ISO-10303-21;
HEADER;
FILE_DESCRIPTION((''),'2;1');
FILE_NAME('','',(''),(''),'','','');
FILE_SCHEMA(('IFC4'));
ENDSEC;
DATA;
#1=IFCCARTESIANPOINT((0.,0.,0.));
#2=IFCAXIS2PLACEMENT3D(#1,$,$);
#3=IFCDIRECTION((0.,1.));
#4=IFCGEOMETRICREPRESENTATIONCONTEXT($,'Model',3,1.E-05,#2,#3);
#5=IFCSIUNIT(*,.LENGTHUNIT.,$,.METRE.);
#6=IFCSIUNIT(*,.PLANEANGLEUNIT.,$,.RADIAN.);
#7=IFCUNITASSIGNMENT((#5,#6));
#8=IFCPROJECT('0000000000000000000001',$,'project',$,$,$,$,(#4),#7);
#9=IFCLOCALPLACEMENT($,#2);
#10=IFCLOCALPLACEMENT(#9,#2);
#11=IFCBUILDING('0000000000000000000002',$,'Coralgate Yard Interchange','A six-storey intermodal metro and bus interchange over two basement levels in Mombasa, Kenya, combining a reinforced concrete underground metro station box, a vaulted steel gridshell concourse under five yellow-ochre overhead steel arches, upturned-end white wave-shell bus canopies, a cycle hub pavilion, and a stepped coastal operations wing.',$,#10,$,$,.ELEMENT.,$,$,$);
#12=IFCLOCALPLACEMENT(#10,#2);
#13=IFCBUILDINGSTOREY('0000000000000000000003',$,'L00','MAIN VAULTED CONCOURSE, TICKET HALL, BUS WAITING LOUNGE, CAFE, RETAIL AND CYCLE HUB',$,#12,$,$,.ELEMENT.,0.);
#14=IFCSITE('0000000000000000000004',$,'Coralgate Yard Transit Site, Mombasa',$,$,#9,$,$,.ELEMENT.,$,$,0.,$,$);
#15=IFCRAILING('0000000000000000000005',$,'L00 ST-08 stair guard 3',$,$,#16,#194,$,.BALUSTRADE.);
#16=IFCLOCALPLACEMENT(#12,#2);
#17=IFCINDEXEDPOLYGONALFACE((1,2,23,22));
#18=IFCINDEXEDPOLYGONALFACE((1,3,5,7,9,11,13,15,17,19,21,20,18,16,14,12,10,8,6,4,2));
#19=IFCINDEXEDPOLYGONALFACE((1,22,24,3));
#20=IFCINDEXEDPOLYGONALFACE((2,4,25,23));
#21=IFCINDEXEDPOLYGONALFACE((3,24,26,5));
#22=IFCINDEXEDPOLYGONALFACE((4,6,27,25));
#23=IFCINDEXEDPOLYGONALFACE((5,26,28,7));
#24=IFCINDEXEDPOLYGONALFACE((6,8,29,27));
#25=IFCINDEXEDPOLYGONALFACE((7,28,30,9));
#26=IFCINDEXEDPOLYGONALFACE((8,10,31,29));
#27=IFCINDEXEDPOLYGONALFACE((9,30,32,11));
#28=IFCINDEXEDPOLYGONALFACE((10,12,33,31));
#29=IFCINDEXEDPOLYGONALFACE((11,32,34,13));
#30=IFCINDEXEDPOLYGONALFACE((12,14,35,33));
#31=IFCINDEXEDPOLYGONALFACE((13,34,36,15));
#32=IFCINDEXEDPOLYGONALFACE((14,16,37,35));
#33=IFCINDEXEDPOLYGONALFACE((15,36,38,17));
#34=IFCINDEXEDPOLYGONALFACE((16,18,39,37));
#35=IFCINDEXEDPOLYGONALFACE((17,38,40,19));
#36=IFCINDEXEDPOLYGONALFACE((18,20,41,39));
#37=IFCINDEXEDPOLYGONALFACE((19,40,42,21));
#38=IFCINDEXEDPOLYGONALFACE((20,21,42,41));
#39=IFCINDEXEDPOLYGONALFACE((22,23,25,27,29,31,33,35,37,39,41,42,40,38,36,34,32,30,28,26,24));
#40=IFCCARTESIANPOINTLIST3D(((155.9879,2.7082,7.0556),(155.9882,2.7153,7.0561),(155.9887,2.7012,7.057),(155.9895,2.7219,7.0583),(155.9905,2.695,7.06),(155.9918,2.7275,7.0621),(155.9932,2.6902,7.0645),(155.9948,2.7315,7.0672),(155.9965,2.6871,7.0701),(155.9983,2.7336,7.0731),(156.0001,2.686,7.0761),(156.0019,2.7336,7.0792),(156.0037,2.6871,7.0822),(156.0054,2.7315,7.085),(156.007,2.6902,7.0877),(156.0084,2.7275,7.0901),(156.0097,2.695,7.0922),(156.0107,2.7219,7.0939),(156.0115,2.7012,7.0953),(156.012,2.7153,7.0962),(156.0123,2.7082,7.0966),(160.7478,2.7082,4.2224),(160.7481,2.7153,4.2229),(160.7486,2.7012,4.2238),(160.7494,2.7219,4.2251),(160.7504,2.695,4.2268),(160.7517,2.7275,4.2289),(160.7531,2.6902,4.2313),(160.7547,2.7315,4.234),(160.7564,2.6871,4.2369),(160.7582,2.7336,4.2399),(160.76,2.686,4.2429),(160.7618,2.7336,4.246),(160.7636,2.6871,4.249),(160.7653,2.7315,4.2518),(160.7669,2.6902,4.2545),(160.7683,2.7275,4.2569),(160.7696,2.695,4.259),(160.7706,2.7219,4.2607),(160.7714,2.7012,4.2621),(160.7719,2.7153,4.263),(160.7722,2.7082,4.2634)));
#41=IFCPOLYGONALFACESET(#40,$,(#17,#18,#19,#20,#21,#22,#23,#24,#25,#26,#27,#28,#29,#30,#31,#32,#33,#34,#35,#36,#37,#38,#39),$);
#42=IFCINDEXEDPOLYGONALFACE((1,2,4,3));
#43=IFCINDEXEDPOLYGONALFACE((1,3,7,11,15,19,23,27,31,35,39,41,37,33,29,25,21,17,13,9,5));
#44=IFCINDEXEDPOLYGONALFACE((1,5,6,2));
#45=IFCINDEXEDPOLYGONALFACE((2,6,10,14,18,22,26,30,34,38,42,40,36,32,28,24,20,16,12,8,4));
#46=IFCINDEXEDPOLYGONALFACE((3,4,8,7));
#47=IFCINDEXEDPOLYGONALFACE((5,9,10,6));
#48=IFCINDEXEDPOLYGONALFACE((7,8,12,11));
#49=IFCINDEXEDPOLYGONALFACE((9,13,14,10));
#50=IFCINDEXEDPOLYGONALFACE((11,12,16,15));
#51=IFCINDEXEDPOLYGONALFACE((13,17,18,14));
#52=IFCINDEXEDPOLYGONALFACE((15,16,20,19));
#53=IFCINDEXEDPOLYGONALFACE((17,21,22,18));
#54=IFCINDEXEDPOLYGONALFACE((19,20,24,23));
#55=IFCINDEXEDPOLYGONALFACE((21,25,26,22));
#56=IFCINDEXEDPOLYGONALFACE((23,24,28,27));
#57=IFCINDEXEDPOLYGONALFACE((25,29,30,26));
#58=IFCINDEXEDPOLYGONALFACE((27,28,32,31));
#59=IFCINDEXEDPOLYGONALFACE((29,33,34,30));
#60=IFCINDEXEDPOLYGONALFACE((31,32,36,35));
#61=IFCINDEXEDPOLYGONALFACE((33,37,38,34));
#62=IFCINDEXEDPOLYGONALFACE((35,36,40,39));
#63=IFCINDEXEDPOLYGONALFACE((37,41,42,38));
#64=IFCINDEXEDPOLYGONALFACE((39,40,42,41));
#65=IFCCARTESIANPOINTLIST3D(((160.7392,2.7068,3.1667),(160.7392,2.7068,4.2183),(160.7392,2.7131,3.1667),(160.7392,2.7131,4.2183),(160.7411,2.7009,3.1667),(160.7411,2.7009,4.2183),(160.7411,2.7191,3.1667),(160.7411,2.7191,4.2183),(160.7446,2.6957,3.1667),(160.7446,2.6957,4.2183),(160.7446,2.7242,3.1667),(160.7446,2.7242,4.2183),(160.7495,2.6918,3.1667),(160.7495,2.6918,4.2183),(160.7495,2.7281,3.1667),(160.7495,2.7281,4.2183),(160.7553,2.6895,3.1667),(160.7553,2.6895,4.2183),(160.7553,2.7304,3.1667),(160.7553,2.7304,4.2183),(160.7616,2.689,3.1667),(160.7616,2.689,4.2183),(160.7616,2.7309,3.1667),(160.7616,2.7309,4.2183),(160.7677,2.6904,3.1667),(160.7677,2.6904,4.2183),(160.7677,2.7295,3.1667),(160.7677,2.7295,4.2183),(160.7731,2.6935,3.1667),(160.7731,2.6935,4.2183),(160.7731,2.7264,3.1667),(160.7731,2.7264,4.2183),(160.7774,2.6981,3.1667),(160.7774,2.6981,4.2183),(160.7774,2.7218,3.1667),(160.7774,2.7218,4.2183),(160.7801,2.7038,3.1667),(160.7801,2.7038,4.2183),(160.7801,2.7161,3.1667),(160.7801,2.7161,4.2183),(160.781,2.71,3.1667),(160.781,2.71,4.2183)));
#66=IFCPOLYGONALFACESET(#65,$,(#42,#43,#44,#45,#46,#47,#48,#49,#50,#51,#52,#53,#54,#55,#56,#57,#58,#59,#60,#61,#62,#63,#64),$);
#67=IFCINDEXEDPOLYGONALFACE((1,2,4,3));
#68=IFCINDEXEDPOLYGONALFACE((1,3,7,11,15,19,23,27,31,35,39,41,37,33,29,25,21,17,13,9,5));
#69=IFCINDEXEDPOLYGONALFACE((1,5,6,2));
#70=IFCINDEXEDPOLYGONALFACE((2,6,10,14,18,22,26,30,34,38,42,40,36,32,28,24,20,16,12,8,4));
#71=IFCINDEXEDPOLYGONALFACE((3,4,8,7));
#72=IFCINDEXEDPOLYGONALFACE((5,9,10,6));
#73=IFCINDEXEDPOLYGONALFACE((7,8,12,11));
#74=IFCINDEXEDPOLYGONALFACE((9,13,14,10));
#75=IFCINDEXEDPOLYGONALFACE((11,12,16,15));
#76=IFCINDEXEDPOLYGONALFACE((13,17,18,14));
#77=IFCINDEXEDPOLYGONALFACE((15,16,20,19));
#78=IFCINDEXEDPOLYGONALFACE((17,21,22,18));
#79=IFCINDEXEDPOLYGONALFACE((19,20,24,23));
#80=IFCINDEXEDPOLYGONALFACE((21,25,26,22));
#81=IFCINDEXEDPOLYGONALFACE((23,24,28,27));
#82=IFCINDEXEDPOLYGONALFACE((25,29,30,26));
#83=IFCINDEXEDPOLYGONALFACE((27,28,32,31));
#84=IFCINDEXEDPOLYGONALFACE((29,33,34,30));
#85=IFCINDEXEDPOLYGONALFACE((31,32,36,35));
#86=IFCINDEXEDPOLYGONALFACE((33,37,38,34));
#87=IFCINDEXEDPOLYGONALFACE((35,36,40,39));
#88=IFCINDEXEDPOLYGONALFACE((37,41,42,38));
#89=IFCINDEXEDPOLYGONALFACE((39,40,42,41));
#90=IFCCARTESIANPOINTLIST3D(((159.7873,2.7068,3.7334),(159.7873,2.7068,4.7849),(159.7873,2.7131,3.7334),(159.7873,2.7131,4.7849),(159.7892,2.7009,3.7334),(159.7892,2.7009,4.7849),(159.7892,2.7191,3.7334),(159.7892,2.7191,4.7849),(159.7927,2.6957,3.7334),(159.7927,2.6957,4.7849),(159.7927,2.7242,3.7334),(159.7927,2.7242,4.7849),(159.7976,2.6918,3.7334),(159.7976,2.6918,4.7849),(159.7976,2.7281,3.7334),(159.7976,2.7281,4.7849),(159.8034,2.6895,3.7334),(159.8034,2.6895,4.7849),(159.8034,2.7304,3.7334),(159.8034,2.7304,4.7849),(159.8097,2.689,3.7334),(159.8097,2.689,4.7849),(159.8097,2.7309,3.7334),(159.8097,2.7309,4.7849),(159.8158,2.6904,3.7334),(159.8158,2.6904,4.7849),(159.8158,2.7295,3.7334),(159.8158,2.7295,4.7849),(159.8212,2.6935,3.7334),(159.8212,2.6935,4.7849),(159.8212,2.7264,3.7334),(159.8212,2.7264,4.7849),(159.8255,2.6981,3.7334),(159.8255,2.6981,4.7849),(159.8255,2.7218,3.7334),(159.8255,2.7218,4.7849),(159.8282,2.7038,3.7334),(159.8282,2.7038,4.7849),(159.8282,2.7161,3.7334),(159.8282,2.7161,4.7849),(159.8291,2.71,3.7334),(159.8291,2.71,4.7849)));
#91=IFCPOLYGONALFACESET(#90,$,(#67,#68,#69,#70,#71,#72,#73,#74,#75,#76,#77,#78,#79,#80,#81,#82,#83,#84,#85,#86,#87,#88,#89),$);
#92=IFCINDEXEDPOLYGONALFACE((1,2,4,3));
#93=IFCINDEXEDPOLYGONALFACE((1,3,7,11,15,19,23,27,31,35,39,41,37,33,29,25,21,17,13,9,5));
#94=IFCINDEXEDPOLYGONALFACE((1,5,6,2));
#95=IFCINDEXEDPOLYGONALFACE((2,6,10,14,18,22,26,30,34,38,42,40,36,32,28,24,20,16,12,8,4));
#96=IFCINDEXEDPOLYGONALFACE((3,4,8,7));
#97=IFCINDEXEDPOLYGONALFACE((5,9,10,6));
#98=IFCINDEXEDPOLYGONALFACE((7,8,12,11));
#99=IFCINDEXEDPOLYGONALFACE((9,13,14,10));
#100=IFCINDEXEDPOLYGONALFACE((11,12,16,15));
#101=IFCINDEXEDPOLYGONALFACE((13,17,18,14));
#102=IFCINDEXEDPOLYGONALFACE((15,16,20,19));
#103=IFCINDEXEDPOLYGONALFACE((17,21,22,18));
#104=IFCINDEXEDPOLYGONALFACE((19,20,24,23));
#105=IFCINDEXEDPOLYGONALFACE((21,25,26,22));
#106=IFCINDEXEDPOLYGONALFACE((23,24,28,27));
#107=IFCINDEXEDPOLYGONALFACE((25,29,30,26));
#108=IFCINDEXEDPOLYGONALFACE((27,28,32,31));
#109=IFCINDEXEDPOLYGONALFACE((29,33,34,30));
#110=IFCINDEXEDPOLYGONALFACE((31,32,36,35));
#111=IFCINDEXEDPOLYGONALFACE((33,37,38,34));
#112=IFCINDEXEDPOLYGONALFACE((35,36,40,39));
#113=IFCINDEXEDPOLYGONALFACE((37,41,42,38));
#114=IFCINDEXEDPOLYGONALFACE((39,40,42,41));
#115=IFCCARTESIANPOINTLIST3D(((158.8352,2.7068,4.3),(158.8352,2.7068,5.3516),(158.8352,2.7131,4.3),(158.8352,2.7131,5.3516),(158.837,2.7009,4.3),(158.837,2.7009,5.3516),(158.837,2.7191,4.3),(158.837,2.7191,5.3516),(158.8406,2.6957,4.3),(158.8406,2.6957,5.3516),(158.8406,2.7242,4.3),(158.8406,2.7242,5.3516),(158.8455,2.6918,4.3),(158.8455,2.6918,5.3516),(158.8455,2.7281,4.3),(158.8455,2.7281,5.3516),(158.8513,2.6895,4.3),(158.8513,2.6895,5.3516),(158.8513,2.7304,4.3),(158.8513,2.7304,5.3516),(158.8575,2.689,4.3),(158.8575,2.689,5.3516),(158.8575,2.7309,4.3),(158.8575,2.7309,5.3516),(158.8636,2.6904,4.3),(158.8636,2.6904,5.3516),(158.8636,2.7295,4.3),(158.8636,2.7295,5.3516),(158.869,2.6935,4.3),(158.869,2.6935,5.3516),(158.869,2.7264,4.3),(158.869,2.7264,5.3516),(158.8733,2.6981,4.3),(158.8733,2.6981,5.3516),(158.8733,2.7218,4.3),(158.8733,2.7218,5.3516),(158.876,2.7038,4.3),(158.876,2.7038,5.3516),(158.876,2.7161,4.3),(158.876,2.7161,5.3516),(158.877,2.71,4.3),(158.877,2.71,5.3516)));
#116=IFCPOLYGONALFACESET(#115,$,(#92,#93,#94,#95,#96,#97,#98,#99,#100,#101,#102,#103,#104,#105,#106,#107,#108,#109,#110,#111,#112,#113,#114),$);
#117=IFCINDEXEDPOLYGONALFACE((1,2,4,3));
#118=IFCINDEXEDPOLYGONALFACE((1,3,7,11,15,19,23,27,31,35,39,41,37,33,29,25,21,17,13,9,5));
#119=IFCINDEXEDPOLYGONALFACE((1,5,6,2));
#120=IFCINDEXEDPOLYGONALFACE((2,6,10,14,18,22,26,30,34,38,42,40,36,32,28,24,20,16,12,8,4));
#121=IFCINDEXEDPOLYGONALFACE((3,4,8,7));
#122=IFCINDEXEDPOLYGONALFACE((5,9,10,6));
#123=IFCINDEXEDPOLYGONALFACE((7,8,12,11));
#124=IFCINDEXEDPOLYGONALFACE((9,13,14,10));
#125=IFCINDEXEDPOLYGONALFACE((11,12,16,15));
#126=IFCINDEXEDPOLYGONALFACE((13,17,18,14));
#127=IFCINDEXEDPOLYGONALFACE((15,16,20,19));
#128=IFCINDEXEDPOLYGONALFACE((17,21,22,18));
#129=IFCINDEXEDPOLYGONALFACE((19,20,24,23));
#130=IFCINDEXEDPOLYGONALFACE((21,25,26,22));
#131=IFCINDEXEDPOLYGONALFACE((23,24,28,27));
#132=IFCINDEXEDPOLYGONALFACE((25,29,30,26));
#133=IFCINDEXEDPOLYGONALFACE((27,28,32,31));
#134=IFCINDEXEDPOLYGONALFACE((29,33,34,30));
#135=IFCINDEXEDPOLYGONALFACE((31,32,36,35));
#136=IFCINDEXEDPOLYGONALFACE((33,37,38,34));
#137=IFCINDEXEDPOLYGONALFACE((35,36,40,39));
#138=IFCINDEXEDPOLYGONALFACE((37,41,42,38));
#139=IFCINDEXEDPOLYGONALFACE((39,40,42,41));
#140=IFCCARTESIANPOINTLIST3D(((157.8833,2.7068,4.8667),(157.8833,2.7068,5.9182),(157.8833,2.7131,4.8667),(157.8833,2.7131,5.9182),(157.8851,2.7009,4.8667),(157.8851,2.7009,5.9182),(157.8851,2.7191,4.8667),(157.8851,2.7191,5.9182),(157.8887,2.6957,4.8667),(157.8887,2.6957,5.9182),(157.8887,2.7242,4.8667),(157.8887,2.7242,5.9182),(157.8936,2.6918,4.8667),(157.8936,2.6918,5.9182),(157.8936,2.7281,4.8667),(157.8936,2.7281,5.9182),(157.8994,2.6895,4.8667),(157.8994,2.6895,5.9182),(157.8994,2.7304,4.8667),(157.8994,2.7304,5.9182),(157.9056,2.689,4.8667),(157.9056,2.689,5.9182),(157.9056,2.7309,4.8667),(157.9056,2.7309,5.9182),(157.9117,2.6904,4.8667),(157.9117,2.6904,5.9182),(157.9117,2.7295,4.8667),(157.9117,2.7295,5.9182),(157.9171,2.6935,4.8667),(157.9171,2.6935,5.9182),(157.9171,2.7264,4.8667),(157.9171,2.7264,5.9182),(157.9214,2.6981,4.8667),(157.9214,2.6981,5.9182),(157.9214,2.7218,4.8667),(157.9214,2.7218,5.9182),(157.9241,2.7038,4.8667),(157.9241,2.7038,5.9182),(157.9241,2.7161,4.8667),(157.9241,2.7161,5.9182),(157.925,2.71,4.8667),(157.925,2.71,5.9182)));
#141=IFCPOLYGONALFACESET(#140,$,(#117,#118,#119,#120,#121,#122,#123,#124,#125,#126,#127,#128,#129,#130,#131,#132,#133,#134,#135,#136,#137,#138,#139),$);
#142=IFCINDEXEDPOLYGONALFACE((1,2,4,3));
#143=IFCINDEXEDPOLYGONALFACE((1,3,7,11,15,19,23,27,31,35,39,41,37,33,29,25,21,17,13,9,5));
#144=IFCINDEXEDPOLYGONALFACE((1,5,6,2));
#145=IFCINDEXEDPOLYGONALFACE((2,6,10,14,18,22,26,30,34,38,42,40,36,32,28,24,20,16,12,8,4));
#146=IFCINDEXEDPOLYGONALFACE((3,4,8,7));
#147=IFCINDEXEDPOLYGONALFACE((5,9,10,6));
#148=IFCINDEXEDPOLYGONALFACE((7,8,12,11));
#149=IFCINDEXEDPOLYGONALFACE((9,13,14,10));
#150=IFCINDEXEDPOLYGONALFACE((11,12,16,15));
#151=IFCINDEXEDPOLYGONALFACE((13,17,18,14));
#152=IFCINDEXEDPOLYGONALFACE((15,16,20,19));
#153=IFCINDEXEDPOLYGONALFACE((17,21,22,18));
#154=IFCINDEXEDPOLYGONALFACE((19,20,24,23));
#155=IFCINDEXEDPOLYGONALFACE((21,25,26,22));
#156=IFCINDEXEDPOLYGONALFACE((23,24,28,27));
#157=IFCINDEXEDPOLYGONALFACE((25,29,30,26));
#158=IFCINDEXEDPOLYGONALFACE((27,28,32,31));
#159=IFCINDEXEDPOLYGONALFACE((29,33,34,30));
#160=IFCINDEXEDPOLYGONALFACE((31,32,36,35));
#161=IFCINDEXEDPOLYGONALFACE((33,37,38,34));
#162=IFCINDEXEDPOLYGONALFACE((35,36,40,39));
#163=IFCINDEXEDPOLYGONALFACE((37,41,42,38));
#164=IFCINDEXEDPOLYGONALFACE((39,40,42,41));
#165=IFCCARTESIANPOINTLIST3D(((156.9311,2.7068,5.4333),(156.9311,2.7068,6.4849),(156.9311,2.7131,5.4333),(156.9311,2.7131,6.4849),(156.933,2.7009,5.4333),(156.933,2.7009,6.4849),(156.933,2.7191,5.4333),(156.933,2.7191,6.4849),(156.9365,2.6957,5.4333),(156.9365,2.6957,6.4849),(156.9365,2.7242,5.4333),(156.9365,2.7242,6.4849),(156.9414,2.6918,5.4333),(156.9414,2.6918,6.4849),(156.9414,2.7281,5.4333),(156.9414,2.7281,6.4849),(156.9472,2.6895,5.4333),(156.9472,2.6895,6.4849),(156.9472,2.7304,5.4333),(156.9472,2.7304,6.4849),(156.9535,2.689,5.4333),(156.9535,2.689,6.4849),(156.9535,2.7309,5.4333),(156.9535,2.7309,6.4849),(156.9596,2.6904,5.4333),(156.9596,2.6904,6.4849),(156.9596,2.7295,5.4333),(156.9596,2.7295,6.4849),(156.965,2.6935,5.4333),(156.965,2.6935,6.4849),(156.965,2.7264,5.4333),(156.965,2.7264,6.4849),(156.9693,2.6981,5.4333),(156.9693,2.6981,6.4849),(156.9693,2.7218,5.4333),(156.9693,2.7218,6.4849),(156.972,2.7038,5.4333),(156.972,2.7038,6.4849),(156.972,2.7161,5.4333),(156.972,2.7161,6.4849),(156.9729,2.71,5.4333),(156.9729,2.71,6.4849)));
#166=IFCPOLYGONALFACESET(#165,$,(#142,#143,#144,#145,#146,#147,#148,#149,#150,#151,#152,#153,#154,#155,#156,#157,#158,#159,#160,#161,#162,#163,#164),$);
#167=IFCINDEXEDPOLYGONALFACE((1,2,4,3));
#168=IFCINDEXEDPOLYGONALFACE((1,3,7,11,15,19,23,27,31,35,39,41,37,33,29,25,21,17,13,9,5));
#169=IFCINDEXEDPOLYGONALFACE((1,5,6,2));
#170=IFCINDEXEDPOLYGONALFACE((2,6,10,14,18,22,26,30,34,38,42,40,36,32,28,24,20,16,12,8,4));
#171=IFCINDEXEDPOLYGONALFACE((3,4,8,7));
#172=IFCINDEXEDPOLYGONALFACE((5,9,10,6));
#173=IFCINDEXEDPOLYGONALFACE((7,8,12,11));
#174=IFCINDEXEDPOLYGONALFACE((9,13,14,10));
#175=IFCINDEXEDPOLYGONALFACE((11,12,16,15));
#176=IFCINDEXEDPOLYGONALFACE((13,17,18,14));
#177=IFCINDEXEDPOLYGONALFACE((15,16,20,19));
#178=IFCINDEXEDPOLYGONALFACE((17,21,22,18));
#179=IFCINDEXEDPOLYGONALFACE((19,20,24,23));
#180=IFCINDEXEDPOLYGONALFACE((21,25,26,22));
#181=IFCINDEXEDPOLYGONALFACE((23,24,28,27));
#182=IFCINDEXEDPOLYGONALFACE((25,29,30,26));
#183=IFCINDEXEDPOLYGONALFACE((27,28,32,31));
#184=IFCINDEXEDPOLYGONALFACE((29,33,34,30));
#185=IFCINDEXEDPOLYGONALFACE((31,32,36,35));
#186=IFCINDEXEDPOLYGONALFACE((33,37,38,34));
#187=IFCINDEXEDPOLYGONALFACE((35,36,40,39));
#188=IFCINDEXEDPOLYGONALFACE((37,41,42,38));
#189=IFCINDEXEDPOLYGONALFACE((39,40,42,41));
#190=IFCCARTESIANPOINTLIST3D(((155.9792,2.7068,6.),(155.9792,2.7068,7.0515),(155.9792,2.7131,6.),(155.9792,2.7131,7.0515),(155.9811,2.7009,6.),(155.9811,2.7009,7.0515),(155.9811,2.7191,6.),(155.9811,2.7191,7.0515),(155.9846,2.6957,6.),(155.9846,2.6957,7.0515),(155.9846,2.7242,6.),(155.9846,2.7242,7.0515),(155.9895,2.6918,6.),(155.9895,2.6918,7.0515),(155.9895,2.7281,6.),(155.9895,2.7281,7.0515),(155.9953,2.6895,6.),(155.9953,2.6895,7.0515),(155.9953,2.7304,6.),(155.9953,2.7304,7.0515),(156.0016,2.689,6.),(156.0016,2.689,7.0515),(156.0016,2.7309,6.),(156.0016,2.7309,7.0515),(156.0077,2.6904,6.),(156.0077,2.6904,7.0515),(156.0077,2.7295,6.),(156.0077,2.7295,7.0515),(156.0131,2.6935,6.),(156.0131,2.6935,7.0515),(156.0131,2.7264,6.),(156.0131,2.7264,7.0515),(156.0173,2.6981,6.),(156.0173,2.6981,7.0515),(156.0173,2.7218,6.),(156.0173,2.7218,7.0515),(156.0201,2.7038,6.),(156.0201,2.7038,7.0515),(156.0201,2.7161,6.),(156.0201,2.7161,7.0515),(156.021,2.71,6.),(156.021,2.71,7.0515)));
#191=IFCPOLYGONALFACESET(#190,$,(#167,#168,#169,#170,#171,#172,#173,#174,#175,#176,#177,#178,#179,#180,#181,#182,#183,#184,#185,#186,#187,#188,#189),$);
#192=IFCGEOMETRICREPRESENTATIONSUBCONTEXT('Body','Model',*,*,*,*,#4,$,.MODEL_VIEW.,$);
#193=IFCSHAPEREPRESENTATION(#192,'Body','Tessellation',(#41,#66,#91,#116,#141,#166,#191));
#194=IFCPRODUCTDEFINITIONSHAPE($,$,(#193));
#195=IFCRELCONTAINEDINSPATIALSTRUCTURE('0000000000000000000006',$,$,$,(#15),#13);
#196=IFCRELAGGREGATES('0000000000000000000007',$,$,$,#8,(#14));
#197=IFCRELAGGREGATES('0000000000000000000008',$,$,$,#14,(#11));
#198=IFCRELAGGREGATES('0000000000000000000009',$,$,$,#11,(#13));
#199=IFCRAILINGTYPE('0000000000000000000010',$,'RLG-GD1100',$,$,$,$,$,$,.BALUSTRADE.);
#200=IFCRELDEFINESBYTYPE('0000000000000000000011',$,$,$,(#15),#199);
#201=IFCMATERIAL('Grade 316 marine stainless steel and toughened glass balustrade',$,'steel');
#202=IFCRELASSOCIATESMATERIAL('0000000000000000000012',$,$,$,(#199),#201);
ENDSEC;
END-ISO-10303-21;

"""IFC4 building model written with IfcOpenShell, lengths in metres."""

from ifc_helpers import new_model, si_unit, direction, frame, origin, origin_2d, place, context, subcontext, project, spatial, circle, extrude, material, type_object, element, save


model = new_model("IFC4")

# Units and contexts
model_context = context("Model", 3, precision=1e-05, world=origin(), true_north=direction((0.0, 1.0)))
body_context = subcontext(model_context, "Body", "Model", "MODEL_VIEW")
ifc_project = project(units=[si_unit("LENGTHUNIT", "METRE"), si_unit("PLANEANGLEUNIT", "RADIAN")], contexts=[model_context])

# Site, building, storey
site_placement = place(None, origin())
site = spatial("IfcSite", under=ifc_project, at=site_placement, Name="Coralgate Yard Transit Site, Mombasa", CompositionType="ELEMENT", RefElevation=0.0)
building_placement = place(site_placement, origin())
building = spatial("IfcBuilding", under=site, at=building_placement, Name="Coralgate Yard Interchange", Description="A six-storey intermodal metro and bus interchange over two basement levels in Mombasa, Kenya, combining a reinforced concrete underground metro station box, a vaulted steel gridshell concourse under five yellow-ochre overhead steel arches, upturned-end white wave-shell bus canopies, a cycle hub pavilion, and a stepped coastal operations wing.", CompositionType="ELEMENT")
storey_placement = place(building_placement, origin())
storey = spatial("IfcBuildingStorey", under=building, at=storey_placement, Name="L00", Description="MAIN VAULTED CONCOURSE, TICKET HALL, BUS WAITING LOUNGE, CAFE, RETAIL AND CYCLE HUB", CompositionType="ELEMENT", Elevation=0.0)

# Railing
ifc_material_1 = material(Name="Grade 316 marine stainless steel and toughened glass balustrade", Category="steel")
railing_type_1 = type_object("IfcRailingType", Name="RLG-GD1100", PredefinedType="BALUSTRADE", material=ifc_material_1)
railing_1_placement = place(storey_placement, frame((160.76, 2.71, 3.1667)))
element("IfcRailing", 1, at=railing_1_placement, inside=storey, type_object=railing_type_1, Name="L00 ST-08 stair guard 3", PredefinedType="BALUSTRADE", context=body_context, shape_type="SweptSolid", body=[
    extrude(circle(Radius=0.0239, at=origin_2d()), frame((0.0, 0.0, 1.0762), z_axis=(-0.8593, 0.0, 0.511472), x_axis=(0.0, -1.0, 0.0)), (0.0, 0.0, 1.0), 5.5393),
    extrude(circle(Radius=0.021, at=origin_2d()), origin(), (0.0, 0.0, 1.0), 1.0515),
    extrude(circle(Radius=0.021, at=origin_2d()), frame((-0.9519, 0.0, 0.5667)), (0.0, 0.0, 1.0), 1.0515),
    extrude(circle(Radius=0.021, at=origin_2d()), frame((-1.9041, 0.0, 1.1333)), (0.0, 0.0, 1.0), 1.0515),
    extrude(circle(Radius=0.021, at=origin_2d()), frame((-2.856, 0.0, 1.7)), (0.0, 0.0, 1.0), 1.0515),
    extrude(circle(Radius=0.021, at=origin_2d()), frame((-3.8081, 0.0, 2.2666)), (0.0, 0.0, 1.0), 1.0515),
    extrude(circle(Radius=0.021, at=origin_2d()), frame((-4.76, 0.0, 2.8333)), (0.0, 0.0, 1.0), 1.0515),
])

save(model, "model.ifc")
